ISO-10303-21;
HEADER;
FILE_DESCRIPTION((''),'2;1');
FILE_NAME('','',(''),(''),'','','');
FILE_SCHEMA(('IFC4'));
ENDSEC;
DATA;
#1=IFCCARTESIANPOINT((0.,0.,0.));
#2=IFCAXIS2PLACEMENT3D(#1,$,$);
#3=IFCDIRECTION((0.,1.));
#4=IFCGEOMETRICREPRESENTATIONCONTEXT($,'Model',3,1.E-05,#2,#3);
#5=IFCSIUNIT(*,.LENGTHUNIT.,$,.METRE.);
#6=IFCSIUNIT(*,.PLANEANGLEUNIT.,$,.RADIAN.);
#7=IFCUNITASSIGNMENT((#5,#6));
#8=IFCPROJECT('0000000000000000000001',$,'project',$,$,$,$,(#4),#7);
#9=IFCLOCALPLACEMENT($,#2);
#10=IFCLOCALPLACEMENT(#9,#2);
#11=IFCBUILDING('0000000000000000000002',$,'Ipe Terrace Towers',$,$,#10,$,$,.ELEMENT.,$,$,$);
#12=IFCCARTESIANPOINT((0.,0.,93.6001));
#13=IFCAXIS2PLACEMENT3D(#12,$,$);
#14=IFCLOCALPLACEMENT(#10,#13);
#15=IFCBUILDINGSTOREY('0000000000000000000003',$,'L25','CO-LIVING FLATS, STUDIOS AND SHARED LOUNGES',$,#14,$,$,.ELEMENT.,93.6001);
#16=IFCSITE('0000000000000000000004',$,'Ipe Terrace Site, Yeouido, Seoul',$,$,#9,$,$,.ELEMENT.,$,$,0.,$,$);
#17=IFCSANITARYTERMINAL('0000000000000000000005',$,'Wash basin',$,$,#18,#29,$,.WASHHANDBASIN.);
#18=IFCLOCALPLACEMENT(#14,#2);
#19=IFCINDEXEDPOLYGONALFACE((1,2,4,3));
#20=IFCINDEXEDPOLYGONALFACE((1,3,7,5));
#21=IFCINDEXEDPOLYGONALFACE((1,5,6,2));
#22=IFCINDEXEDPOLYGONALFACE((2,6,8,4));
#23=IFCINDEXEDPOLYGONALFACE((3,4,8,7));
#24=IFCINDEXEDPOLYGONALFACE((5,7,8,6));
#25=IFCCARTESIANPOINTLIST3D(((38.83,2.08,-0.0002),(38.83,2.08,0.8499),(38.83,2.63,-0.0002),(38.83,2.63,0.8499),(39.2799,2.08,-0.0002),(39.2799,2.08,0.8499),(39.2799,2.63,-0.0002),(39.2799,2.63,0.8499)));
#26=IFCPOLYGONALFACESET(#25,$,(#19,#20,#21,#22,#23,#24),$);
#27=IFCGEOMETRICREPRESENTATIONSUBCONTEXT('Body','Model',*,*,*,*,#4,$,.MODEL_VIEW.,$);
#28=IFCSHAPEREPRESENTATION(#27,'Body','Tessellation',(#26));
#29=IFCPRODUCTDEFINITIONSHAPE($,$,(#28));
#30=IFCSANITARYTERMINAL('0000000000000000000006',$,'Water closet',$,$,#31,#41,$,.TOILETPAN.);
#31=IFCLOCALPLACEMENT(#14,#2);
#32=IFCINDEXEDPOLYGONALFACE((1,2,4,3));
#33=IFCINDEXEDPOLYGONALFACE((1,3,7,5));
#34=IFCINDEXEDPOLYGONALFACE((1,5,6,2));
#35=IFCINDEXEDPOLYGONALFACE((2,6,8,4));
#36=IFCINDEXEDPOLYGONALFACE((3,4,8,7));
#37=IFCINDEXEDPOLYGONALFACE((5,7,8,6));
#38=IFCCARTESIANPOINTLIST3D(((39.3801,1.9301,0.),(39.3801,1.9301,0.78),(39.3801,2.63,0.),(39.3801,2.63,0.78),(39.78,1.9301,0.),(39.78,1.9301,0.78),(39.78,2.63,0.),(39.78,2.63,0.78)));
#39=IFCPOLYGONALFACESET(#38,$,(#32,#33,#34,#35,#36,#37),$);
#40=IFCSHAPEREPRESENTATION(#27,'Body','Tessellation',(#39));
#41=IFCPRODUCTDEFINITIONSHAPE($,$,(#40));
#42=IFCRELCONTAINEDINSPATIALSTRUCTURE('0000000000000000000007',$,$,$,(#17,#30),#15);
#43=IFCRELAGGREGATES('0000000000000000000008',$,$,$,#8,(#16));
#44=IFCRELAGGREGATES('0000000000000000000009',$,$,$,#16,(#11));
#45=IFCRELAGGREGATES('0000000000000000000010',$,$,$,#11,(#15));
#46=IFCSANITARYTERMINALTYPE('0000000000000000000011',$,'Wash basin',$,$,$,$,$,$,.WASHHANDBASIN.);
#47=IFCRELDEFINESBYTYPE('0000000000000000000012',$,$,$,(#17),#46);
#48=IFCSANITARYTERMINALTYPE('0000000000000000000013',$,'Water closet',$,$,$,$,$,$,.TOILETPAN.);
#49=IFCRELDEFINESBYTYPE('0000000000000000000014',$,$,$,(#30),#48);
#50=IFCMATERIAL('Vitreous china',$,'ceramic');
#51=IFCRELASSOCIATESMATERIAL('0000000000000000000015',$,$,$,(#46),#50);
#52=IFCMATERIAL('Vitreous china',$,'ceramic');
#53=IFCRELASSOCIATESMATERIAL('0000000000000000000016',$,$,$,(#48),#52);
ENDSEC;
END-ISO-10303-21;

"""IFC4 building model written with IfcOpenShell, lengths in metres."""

from ifc_helpers import new_model, si_unit, direction, frame, origin, origin_2d, place, context, subcontext, project, spatial, rectangle, extrude, material, type_object, element, save


model = new_model("IFC4")

# Units and contexts
model_context = context("Model", 3, precision=1e-05, world=origin(), true_north=direction((0.0, 1.0)))
body_context = subcontext(model_context, "Body", "Model", "MODEL_VIEW")
ifc_project = project(units=[si_unit("LENGTHUNIT", "METRE"), si_unit("PLANEANGLEUNIT", "RADIAN")], contexts=[model_context])

# Site, building, storey
site_placement = place(None, origin())
site = spatial("IfcSite", under=ifc_project, at=site_placement, Name="Ipe Terrace Site, Yeouido, Seoul", CompositionType="ELEMENT", RefElevation=0.0)
building_placement = place(site_placement, origin())
building = spatial("IfcBuilding", under=site, at=building_placement, Name="Ipe Terrace Towers", CompositionType="ELEMENT")
storey_placement = place(building_placement, frame((0.0, 0.0, 93.6001)))
storey = spatial("IfcBuildingStorey", under=building, at=storey_placement, Name="L25", Description="CO-LIVING FLATS, STUDIOS AND SHARED LOUNGES", CompositionType="ELEMENT", Elevation=93.6001)

# Sanitary terminals
ifc_material_1 = material(Name="Vitreous china", Category="ceramic")
sanitary_terminal_type_1 = type_object("IfcSanitaryTerminalType", Name="Wash basin", PredefinedType="WASHHANDBASIN", material=ifc_material_1)
sanitary_terminal_1_placement = place(storey_placement, frame((39.0549, 2.355, -0.0002), z_axis=(0.0, 0.0, 1.0), x_axis=(0.0, -1.0, 0.0)))
element("IfcSanitaryTerminal", 1, at=sanitary_terminal_1_placement, inside=storey, type_object=sanitary_terminal_type_1, Name="Wash basin", PredefinedType="WASHHANDBASIN", context=body_context, shape_type="SweptSolid", body=[
    extrude(rectangle(XDim=0.55, YDim=0.45, at=origin_2d()), origin(), (0.0, 0.0, 1.0), 0.8501),
])
ifc_material_2 = material(Name="Vitreous china", Category="ceramic")
sanitary_terminal_type_2 = type_object("IfcSanitaryTerminalType", Name="Water closet", PredefinedType="TOILETPAN", material=ifc_material_2)
sanitary_terminal_2_placement = place(storey_placement, frame((39.5801, 2.28, 0.0), z_axis=(0.0, 0.0, 1.0), x_axis=(0.0, -1.0, 0.0)))
element("IfcSanitaryTerminal", 2, at=sanitary_terminal_2_placement, inside=storey, type_object=sanitary_terminal_type_2, Name="Water closet", PredefinedType="TOILETPAN", context=body_context, shape_type="SweptSolid", body=[
    extrude(rectangle(XDim=0.7, YDim=0.3999, at=origin_2d()), origin(), (0.0, 0.0, 1.0), 0.78),
])

save(model, "model.ifc")
